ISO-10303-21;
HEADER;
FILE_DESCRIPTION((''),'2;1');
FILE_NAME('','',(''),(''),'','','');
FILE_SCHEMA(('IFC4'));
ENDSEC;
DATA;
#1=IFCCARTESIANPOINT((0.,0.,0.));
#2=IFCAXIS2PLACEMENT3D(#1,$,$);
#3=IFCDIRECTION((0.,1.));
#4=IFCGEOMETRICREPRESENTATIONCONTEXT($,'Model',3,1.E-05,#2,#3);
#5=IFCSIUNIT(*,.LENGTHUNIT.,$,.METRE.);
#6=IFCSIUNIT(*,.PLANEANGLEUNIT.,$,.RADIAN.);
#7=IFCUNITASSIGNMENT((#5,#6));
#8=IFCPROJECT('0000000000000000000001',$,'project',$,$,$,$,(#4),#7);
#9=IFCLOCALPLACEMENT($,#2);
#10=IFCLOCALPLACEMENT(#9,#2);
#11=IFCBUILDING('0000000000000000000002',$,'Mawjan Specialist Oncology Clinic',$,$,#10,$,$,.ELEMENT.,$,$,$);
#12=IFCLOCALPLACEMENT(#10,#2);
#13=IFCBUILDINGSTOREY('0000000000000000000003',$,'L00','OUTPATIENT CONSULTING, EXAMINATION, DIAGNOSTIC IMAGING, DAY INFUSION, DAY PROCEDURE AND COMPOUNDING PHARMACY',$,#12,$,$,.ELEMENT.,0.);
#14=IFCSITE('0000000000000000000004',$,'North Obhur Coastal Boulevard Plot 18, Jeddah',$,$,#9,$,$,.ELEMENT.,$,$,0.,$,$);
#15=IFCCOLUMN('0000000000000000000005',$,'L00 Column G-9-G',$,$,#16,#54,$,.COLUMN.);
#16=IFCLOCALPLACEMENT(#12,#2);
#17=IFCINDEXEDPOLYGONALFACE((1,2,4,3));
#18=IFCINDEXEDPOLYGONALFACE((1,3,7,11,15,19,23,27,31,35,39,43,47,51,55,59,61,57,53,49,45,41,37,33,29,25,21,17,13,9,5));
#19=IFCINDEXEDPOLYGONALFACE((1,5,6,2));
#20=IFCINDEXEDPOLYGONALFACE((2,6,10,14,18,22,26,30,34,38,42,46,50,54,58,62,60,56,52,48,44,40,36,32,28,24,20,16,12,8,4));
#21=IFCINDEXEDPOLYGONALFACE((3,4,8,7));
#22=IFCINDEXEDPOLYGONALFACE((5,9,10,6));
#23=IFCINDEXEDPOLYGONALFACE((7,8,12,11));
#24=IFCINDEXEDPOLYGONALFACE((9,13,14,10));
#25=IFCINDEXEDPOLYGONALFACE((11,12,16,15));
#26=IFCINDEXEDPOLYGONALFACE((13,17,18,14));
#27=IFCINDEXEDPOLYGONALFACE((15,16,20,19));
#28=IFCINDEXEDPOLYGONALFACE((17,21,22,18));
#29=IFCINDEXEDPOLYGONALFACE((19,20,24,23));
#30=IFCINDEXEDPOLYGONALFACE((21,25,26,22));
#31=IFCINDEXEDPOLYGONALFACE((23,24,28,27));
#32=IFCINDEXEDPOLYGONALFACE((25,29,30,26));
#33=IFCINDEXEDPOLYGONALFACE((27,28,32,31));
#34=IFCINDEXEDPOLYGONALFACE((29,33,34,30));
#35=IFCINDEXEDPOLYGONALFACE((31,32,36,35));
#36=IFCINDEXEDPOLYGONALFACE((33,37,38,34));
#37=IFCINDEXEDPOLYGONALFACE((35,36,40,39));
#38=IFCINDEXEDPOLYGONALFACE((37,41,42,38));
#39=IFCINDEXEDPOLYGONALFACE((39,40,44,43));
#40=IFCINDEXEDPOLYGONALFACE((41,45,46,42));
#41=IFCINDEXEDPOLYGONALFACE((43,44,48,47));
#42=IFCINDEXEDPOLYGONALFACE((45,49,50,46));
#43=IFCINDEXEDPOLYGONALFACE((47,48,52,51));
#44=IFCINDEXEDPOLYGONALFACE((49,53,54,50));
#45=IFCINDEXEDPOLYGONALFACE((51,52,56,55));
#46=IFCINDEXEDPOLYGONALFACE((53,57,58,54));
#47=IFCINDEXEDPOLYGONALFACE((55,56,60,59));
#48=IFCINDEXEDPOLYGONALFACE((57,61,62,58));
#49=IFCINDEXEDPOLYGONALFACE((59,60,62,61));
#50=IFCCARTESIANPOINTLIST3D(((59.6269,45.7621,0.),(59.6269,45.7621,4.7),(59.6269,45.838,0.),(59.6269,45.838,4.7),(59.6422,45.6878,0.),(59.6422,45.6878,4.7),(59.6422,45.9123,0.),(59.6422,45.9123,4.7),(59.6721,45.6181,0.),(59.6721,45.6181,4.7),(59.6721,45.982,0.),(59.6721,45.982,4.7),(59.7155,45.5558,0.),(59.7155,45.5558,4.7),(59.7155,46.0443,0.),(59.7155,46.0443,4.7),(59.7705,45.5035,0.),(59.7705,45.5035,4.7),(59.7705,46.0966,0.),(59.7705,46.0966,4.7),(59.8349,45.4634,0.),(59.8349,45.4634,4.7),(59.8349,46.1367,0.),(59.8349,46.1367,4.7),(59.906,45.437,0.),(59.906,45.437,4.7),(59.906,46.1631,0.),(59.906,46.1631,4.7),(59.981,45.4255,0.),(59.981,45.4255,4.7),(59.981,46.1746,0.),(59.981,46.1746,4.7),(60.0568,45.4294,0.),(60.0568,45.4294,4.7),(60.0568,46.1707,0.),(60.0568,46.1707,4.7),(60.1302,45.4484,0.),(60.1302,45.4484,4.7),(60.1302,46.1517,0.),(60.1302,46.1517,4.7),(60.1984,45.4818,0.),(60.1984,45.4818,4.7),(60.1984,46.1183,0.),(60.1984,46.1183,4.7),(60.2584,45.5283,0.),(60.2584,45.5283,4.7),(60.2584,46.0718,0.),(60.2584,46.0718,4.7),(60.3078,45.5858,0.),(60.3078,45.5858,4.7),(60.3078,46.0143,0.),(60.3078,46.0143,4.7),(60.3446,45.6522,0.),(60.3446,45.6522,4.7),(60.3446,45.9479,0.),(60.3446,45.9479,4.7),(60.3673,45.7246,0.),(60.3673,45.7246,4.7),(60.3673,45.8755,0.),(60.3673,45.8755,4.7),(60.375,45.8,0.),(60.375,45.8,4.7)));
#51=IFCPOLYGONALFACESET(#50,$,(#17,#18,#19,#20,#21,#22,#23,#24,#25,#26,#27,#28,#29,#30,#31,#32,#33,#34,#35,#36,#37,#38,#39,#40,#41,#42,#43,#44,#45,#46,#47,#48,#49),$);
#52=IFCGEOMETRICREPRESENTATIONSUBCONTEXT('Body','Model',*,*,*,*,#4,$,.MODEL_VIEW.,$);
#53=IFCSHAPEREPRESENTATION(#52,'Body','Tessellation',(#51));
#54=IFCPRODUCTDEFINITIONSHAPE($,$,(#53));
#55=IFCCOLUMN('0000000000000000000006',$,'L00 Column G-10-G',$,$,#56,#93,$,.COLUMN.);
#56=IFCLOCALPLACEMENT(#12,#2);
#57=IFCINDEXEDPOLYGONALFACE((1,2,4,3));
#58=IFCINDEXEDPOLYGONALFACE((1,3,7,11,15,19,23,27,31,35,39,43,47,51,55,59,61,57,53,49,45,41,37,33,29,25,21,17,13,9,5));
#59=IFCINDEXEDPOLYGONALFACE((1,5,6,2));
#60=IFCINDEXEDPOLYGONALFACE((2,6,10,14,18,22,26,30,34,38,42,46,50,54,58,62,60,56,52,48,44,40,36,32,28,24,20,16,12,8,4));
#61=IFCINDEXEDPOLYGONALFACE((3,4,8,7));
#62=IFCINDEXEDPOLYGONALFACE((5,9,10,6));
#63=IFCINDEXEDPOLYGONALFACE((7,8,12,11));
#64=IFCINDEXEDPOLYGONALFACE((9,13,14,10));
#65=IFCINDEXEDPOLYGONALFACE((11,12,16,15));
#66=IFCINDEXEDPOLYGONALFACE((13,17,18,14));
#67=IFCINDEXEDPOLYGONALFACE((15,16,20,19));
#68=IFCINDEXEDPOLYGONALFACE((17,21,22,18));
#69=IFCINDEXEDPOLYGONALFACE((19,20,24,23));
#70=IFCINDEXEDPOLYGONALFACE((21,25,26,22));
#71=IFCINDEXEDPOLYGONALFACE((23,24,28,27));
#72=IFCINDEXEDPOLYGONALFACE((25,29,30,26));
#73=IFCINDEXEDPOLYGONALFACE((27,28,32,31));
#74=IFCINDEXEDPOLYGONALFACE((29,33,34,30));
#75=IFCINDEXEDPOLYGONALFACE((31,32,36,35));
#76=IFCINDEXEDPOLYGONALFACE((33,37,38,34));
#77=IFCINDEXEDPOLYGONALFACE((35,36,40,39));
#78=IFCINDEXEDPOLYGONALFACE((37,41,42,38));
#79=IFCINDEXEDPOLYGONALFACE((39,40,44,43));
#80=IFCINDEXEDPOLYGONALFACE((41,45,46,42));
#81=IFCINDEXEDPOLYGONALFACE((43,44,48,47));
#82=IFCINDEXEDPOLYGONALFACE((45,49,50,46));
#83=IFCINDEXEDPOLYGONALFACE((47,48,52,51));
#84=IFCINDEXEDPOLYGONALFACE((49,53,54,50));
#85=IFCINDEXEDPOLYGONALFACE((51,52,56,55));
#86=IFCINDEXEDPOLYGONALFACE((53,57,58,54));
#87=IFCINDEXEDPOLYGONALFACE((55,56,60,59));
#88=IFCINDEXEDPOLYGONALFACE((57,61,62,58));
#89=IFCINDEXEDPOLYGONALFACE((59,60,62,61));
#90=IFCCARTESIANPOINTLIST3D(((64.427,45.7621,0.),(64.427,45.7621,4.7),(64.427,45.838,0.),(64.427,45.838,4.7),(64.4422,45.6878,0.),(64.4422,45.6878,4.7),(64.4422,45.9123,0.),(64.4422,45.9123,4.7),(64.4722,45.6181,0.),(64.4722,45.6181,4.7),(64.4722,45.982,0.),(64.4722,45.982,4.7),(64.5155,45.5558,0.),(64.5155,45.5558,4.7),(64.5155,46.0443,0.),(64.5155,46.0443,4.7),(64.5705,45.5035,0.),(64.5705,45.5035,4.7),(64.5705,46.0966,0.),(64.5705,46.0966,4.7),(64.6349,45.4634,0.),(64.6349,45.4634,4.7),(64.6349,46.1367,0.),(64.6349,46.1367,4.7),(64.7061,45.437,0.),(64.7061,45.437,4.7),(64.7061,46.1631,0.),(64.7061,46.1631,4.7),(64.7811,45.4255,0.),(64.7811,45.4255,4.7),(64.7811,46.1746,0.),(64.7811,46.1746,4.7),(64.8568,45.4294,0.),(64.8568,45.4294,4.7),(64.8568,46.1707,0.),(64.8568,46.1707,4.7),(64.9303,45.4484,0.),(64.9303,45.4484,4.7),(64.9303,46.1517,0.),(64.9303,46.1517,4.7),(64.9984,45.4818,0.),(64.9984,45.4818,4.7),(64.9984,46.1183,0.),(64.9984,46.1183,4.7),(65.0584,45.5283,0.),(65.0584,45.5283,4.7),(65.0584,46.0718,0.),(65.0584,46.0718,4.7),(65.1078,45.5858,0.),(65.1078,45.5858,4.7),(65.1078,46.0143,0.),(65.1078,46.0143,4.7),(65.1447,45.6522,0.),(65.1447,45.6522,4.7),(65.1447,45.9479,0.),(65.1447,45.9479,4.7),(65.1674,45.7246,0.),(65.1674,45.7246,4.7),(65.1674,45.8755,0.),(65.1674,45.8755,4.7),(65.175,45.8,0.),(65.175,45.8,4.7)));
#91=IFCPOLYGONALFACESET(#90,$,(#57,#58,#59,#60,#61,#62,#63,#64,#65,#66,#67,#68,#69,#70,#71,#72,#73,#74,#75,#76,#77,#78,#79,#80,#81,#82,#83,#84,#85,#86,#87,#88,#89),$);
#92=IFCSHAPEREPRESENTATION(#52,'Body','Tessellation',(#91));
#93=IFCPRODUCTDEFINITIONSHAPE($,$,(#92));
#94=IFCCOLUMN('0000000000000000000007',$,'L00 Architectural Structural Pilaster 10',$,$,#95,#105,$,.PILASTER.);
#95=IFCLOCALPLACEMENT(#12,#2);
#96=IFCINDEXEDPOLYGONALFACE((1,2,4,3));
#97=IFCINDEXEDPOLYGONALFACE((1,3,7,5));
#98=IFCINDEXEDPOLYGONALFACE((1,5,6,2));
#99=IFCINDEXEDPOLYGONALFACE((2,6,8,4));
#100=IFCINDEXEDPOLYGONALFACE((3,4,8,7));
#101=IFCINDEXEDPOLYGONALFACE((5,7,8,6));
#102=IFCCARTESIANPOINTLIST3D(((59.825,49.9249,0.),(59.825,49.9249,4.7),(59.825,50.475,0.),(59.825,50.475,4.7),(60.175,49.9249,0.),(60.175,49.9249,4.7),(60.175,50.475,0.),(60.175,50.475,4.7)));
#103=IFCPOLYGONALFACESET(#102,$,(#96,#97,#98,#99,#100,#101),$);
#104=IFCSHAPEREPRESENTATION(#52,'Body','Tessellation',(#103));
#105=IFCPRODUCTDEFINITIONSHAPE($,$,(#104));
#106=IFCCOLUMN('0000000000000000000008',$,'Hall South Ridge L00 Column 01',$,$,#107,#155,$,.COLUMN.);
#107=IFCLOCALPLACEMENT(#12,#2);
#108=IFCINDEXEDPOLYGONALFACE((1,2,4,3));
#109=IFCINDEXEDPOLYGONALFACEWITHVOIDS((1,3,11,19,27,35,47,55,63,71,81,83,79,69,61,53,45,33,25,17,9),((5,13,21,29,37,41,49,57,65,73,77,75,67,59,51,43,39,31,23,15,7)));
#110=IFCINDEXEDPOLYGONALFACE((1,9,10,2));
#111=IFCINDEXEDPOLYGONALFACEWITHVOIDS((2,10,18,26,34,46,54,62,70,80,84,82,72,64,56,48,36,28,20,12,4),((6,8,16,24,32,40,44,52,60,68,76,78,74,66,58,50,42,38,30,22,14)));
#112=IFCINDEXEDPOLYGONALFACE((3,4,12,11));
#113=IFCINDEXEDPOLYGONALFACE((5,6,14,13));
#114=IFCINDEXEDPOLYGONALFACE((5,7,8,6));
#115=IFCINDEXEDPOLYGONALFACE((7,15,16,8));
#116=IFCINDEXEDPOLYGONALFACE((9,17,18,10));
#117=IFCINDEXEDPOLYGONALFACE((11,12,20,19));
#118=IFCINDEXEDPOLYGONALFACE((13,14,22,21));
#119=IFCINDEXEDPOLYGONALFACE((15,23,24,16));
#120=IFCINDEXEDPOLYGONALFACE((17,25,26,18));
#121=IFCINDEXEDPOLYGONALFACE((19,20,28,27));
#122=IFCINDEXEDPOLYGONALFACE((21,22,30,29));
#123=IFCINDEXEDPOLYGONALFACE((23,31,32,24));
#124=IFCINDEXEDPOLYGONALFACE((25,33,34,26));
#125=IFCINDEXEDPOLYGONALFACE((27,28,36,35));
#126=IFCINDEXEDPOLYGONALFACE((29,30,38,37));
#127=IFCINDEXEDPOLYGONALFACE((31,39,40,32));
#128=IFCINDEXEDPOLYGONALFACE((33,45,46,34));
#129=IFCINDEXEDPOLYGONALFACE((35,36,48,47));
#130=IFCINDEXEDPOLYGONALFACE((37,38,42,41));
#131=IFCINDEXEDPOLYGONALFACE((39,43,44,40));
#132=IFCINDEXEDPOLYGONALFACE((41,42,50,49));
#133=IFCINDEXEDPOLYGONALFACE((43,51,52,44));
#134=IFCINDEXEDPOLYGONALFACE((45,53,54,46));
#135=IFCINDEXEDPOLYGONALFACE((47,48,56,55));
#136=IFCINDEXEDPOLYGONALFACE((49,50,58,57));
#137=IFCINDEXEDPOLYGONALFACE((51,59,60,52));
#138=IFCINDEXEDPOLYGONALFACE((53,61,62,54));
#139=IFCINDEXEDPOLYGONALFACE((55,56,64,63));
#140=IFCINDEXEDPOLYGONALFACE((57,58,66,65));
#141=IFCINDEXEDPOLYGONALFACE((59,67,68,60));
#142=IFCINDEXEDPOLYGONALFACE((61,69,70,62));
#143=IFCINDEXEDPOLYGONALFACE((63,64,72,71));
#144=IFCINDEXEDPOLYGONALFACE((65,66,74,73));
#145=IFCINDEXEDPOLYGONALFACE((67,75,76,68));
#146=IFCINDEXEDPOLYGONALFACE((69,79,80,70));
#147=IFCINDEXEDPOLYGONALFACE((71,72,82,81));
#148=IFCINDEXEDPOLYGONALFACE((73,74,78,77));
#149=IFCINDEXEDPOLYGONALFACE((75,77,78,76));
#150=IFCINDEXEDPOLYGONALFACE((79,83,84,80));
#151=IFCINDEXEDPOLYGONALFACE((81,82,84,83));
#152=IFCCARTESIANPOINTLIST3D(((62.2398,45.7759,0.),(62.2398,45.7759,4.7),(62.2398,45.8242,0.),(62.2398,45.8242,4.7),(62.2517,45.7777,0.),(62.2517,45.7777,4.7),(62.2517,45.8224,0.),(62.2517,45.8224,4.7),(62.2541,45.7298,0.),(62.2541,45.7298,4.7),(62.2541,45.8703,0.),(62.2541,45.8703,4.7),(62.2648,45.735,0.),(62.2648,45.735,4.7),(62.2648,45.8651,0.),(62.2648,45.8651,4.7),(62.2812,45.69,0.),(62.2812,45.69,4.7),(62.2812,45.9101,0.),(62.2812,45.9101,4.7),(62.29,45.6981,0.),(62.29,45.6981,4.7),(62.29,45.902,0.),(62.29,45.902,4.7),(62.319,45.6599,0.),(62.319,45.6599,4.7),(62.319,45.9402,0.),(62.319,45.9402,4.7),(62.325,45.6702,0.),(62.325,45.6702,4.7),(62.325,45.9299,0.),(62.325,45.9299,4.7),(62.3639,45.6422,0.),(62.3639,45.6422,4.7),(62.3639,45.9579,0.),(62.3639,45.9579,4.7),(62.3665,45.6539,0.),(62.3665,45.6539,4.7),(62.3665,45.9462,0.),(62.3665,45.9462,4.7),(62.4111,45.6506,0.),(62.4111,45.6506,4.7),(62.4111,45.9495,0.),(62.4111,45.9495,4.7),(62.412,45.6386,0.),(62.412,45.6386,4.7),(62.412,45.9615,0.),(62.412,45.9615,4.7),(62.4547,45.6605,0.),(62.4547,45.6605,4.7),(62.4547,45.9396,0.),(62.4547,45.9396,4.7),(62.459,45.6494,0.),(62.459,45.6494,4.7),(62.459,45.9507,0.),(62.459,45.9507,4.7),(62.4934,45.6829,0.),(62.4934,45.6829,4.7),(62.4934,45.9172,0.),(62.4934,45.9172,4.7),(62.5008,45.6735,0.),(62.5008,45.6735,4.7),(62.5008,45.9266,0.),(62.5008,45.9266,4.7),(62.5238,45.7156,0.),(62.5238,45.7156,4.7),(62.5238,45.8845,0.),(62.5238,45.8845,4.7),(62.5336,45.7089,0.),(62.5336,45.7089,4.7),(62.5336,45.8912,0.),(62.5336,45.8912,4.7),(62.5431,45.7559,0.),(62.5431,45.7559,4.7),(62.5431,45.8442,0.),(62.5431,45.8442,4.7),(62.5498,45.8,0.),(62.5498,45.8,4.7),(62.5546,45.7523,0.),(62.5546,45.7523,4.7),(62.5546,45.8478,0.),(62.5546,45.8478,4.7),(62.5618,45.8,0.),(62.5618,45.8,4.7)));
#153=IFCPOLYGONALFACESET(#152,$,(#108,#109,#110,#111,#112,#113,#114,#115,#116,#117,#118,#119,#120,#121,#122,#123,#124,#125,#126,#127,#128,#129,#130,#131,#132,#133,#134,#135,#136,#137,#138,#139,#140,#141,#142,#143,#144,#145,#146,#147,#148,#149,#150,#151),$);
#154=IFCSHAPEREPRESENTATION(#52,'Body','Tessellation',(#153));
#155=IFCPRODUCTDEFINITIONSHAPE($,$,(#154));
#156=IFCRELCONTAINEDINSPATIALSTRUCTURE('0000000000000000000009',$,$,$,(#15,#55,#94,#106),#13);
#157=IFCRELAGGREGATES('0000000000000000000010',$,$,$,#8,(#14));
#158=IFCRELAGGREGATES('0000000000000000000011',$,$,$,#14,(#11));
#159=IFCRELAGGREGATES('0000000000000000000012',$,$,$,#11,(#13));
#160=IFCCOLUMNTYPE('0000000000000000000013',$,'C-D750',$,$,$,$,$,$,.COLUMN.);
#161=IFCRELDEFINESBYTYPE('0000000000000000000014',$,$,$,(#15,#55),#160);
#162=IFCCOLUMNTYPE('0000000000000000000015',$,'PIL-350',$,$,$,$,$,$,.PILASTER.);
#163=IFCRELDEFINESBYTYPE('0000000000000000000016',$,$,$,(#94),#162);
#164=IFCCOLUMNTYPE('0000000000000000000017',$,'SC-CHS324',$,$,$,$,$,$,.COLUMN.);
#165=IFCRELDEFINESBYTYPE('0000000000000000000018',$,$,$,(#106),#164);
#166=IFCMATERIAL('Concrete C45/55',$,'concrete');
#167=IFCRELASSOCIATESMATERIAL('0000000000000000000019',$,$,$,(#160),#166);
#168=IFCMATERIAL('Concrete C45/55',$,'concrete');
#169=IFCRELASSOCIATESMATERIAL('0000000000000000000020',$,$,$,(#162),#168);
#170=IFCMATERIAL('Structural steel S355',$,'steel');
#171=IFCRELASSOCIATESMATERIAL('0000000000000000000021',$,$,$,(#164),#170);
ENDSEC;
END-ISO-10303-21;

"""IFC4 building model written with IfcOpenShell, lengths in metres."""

from ifc_helpers import new_model, si_unit, direction, frame, origin, origin_2d, place, context, subcontext, project, spatial, rectangle, circle, hollow_circle, extrude, material, material_profile, profile_set, type_object, element, save


model = new_model("IFC4")

# Units and contexts
model_context = context("Model", 3, precision=1e-05, world=origin(), true_north=direction((0.0, 1.0)))
body_context = subcontext(model_context, "Body", "Model", "MODEL_VIEW")
ifc_project = project(units=[si_unit("LENGTHUNIT", "METRE"), si_unit("PLANEANGLEUNIT", "RADIAN")], contexts=[model_context])

# Site, building, storey
site_placement = place(None, origin())
site = spatial("IfcSite", under=ifc_project, at=site_placement, Name="North Obhur Coastal Boulevard Plot 18, Jeddah", CompositionType="ELEMENT", RefElevation=0.0)
building_placement = place(site_placement, origin())
building = spatial("IfcBuilding", under=site, at=building_placement, Name="Mawjan Specialist Oncology Clinic", CompositionType="ELEMENT")
storey_placement = place(building_placement, origin())
storey = spatial("IfcBuildingStorey", under=building, at=storey_placement, Name="L00", Description="OUTPATIENT CONSULTING, EXAMINATION, DIAGNOSTIC IMAGING, DAY INFUSION, DAY PROCEDURE AND COMPOUNDING PHARMACY", CompositionType="ELEMENT", Elevation=0.0)

# Columns
ifc_material_1 = material(Name="Concrete C45/55", Category="concrete")
ifc_material_profile_1 = material_profile(ifc_material_1, circle(Radius=0.375, at=origin_2d()), Name="RC COL D750", Category="concrete")
ifc_profile_set_1 = profile_set([ifc_material_profile_1], Name="Concrete C45/55")
column_type_1 = type_object("IfcColumnType", Name="C-D750", PredefinedType="COLUMN", material=ifc_profile_set_1)
for number, where, z_axis, x_axis, name in (
    (1, (60.0, 45.8, 0.0), (0.0, 0.0, 1.0), (1.0, 0.0, 0.0), "L00 Column G-9-G"),
    (2, (64.8, 45.8, 0.0), (0.0, 0.0, 1.0), (1.0, 0.0, 0.0), "L00 Column G-10-G"),
):
    element("IfcColumn", number, at=place(storey_placement, frame(where, z_axis=z_axis, x_axis=x_axis)), inside=storey, type_object=column_type_1, Name=name, PredefinedType="COLUMN", context=body_context, shape_type="SweptSolid", body=[
        extrude(circle(Radius=0.375, at=origin_2d()), origin(), (0.0, 0.0, 1.0), 4.7),
    ])
ifc_material_2 = material(Name="Concrete C45/55", Category="concrete")
ifc_material_profile_2 = material_profile(ifc_material_2, rectangle(XDim=0.3501, YDim=0.55, at=origin_2d()), Name="RC PIL 350x550", Category="concrete")
ifc_profile_set_2 = profile_set([ifc_material_profile_2], Name="Concrete C45/55")
column_type_2 = type_object("IfcColumnType", Name="PIL-350", PredefinedType="PILASTER", material=ifc_profile_set_2)
column_1_placement = place(storey_placement, frame((60.0, 50.2, 0.0), z_axis=(0.0, 0.0, 1.0), x_axis=(1.0, 0.0, 0.0)))
element("IfcColumn", 3, at=column_1_placement, inside=storey, type_object=column_type_2, Name="L00 Architectural Structural Pilaster 10", PredefinedType="PILASTER", context=body_context, shape_type="SweptSolid", body=[
    extrude(rectangle(XDim=0.3501, YDim=0.55, at=origin_2d()), origin(), (0.0, 0.0, 1.0), 4.7),
])
ifc_material_3 = material(Name="Structural steel S355", Category="steel")
ifc_material_profile_3 = material_profile(ifc_material_3, hollow_circle(Radius=0.1619, WallThickness=0.012, at=origin_2d()), Name="CHS 323.9x12", Category="steel")
ifc_profile_set_3 = profile_set([ifc_material_profile_3], Name="Structural steel S355")
column_type_3 = type_object("IfcColumnType", Name="SC-CHS324", PredefinedType="COLUMN", material=ifc_profile_set_3)
column_2_placement = place(storey_placement, frame((62.3999, 45.8, 0.0), z_axis=(0.0, 0.0, 1.0), x_axis=(1.0, 0.0, 0.0)))
element("IfcColumn", 4, at=column_2_placement, inside=storey, type_object=column_type_3, Name="Hall South Ridge L00 Column 01", PredefinedType="COLUMN", context=body_context, shape_type="SweptSolid", body=[
    extrude(hollow_circle(Radius=0.1619, WallThickness=0.012, at=origin_2d()), origin(), (0.0, 0.0, 1.0), 4.7),
])

save(model, "model.ifc")
